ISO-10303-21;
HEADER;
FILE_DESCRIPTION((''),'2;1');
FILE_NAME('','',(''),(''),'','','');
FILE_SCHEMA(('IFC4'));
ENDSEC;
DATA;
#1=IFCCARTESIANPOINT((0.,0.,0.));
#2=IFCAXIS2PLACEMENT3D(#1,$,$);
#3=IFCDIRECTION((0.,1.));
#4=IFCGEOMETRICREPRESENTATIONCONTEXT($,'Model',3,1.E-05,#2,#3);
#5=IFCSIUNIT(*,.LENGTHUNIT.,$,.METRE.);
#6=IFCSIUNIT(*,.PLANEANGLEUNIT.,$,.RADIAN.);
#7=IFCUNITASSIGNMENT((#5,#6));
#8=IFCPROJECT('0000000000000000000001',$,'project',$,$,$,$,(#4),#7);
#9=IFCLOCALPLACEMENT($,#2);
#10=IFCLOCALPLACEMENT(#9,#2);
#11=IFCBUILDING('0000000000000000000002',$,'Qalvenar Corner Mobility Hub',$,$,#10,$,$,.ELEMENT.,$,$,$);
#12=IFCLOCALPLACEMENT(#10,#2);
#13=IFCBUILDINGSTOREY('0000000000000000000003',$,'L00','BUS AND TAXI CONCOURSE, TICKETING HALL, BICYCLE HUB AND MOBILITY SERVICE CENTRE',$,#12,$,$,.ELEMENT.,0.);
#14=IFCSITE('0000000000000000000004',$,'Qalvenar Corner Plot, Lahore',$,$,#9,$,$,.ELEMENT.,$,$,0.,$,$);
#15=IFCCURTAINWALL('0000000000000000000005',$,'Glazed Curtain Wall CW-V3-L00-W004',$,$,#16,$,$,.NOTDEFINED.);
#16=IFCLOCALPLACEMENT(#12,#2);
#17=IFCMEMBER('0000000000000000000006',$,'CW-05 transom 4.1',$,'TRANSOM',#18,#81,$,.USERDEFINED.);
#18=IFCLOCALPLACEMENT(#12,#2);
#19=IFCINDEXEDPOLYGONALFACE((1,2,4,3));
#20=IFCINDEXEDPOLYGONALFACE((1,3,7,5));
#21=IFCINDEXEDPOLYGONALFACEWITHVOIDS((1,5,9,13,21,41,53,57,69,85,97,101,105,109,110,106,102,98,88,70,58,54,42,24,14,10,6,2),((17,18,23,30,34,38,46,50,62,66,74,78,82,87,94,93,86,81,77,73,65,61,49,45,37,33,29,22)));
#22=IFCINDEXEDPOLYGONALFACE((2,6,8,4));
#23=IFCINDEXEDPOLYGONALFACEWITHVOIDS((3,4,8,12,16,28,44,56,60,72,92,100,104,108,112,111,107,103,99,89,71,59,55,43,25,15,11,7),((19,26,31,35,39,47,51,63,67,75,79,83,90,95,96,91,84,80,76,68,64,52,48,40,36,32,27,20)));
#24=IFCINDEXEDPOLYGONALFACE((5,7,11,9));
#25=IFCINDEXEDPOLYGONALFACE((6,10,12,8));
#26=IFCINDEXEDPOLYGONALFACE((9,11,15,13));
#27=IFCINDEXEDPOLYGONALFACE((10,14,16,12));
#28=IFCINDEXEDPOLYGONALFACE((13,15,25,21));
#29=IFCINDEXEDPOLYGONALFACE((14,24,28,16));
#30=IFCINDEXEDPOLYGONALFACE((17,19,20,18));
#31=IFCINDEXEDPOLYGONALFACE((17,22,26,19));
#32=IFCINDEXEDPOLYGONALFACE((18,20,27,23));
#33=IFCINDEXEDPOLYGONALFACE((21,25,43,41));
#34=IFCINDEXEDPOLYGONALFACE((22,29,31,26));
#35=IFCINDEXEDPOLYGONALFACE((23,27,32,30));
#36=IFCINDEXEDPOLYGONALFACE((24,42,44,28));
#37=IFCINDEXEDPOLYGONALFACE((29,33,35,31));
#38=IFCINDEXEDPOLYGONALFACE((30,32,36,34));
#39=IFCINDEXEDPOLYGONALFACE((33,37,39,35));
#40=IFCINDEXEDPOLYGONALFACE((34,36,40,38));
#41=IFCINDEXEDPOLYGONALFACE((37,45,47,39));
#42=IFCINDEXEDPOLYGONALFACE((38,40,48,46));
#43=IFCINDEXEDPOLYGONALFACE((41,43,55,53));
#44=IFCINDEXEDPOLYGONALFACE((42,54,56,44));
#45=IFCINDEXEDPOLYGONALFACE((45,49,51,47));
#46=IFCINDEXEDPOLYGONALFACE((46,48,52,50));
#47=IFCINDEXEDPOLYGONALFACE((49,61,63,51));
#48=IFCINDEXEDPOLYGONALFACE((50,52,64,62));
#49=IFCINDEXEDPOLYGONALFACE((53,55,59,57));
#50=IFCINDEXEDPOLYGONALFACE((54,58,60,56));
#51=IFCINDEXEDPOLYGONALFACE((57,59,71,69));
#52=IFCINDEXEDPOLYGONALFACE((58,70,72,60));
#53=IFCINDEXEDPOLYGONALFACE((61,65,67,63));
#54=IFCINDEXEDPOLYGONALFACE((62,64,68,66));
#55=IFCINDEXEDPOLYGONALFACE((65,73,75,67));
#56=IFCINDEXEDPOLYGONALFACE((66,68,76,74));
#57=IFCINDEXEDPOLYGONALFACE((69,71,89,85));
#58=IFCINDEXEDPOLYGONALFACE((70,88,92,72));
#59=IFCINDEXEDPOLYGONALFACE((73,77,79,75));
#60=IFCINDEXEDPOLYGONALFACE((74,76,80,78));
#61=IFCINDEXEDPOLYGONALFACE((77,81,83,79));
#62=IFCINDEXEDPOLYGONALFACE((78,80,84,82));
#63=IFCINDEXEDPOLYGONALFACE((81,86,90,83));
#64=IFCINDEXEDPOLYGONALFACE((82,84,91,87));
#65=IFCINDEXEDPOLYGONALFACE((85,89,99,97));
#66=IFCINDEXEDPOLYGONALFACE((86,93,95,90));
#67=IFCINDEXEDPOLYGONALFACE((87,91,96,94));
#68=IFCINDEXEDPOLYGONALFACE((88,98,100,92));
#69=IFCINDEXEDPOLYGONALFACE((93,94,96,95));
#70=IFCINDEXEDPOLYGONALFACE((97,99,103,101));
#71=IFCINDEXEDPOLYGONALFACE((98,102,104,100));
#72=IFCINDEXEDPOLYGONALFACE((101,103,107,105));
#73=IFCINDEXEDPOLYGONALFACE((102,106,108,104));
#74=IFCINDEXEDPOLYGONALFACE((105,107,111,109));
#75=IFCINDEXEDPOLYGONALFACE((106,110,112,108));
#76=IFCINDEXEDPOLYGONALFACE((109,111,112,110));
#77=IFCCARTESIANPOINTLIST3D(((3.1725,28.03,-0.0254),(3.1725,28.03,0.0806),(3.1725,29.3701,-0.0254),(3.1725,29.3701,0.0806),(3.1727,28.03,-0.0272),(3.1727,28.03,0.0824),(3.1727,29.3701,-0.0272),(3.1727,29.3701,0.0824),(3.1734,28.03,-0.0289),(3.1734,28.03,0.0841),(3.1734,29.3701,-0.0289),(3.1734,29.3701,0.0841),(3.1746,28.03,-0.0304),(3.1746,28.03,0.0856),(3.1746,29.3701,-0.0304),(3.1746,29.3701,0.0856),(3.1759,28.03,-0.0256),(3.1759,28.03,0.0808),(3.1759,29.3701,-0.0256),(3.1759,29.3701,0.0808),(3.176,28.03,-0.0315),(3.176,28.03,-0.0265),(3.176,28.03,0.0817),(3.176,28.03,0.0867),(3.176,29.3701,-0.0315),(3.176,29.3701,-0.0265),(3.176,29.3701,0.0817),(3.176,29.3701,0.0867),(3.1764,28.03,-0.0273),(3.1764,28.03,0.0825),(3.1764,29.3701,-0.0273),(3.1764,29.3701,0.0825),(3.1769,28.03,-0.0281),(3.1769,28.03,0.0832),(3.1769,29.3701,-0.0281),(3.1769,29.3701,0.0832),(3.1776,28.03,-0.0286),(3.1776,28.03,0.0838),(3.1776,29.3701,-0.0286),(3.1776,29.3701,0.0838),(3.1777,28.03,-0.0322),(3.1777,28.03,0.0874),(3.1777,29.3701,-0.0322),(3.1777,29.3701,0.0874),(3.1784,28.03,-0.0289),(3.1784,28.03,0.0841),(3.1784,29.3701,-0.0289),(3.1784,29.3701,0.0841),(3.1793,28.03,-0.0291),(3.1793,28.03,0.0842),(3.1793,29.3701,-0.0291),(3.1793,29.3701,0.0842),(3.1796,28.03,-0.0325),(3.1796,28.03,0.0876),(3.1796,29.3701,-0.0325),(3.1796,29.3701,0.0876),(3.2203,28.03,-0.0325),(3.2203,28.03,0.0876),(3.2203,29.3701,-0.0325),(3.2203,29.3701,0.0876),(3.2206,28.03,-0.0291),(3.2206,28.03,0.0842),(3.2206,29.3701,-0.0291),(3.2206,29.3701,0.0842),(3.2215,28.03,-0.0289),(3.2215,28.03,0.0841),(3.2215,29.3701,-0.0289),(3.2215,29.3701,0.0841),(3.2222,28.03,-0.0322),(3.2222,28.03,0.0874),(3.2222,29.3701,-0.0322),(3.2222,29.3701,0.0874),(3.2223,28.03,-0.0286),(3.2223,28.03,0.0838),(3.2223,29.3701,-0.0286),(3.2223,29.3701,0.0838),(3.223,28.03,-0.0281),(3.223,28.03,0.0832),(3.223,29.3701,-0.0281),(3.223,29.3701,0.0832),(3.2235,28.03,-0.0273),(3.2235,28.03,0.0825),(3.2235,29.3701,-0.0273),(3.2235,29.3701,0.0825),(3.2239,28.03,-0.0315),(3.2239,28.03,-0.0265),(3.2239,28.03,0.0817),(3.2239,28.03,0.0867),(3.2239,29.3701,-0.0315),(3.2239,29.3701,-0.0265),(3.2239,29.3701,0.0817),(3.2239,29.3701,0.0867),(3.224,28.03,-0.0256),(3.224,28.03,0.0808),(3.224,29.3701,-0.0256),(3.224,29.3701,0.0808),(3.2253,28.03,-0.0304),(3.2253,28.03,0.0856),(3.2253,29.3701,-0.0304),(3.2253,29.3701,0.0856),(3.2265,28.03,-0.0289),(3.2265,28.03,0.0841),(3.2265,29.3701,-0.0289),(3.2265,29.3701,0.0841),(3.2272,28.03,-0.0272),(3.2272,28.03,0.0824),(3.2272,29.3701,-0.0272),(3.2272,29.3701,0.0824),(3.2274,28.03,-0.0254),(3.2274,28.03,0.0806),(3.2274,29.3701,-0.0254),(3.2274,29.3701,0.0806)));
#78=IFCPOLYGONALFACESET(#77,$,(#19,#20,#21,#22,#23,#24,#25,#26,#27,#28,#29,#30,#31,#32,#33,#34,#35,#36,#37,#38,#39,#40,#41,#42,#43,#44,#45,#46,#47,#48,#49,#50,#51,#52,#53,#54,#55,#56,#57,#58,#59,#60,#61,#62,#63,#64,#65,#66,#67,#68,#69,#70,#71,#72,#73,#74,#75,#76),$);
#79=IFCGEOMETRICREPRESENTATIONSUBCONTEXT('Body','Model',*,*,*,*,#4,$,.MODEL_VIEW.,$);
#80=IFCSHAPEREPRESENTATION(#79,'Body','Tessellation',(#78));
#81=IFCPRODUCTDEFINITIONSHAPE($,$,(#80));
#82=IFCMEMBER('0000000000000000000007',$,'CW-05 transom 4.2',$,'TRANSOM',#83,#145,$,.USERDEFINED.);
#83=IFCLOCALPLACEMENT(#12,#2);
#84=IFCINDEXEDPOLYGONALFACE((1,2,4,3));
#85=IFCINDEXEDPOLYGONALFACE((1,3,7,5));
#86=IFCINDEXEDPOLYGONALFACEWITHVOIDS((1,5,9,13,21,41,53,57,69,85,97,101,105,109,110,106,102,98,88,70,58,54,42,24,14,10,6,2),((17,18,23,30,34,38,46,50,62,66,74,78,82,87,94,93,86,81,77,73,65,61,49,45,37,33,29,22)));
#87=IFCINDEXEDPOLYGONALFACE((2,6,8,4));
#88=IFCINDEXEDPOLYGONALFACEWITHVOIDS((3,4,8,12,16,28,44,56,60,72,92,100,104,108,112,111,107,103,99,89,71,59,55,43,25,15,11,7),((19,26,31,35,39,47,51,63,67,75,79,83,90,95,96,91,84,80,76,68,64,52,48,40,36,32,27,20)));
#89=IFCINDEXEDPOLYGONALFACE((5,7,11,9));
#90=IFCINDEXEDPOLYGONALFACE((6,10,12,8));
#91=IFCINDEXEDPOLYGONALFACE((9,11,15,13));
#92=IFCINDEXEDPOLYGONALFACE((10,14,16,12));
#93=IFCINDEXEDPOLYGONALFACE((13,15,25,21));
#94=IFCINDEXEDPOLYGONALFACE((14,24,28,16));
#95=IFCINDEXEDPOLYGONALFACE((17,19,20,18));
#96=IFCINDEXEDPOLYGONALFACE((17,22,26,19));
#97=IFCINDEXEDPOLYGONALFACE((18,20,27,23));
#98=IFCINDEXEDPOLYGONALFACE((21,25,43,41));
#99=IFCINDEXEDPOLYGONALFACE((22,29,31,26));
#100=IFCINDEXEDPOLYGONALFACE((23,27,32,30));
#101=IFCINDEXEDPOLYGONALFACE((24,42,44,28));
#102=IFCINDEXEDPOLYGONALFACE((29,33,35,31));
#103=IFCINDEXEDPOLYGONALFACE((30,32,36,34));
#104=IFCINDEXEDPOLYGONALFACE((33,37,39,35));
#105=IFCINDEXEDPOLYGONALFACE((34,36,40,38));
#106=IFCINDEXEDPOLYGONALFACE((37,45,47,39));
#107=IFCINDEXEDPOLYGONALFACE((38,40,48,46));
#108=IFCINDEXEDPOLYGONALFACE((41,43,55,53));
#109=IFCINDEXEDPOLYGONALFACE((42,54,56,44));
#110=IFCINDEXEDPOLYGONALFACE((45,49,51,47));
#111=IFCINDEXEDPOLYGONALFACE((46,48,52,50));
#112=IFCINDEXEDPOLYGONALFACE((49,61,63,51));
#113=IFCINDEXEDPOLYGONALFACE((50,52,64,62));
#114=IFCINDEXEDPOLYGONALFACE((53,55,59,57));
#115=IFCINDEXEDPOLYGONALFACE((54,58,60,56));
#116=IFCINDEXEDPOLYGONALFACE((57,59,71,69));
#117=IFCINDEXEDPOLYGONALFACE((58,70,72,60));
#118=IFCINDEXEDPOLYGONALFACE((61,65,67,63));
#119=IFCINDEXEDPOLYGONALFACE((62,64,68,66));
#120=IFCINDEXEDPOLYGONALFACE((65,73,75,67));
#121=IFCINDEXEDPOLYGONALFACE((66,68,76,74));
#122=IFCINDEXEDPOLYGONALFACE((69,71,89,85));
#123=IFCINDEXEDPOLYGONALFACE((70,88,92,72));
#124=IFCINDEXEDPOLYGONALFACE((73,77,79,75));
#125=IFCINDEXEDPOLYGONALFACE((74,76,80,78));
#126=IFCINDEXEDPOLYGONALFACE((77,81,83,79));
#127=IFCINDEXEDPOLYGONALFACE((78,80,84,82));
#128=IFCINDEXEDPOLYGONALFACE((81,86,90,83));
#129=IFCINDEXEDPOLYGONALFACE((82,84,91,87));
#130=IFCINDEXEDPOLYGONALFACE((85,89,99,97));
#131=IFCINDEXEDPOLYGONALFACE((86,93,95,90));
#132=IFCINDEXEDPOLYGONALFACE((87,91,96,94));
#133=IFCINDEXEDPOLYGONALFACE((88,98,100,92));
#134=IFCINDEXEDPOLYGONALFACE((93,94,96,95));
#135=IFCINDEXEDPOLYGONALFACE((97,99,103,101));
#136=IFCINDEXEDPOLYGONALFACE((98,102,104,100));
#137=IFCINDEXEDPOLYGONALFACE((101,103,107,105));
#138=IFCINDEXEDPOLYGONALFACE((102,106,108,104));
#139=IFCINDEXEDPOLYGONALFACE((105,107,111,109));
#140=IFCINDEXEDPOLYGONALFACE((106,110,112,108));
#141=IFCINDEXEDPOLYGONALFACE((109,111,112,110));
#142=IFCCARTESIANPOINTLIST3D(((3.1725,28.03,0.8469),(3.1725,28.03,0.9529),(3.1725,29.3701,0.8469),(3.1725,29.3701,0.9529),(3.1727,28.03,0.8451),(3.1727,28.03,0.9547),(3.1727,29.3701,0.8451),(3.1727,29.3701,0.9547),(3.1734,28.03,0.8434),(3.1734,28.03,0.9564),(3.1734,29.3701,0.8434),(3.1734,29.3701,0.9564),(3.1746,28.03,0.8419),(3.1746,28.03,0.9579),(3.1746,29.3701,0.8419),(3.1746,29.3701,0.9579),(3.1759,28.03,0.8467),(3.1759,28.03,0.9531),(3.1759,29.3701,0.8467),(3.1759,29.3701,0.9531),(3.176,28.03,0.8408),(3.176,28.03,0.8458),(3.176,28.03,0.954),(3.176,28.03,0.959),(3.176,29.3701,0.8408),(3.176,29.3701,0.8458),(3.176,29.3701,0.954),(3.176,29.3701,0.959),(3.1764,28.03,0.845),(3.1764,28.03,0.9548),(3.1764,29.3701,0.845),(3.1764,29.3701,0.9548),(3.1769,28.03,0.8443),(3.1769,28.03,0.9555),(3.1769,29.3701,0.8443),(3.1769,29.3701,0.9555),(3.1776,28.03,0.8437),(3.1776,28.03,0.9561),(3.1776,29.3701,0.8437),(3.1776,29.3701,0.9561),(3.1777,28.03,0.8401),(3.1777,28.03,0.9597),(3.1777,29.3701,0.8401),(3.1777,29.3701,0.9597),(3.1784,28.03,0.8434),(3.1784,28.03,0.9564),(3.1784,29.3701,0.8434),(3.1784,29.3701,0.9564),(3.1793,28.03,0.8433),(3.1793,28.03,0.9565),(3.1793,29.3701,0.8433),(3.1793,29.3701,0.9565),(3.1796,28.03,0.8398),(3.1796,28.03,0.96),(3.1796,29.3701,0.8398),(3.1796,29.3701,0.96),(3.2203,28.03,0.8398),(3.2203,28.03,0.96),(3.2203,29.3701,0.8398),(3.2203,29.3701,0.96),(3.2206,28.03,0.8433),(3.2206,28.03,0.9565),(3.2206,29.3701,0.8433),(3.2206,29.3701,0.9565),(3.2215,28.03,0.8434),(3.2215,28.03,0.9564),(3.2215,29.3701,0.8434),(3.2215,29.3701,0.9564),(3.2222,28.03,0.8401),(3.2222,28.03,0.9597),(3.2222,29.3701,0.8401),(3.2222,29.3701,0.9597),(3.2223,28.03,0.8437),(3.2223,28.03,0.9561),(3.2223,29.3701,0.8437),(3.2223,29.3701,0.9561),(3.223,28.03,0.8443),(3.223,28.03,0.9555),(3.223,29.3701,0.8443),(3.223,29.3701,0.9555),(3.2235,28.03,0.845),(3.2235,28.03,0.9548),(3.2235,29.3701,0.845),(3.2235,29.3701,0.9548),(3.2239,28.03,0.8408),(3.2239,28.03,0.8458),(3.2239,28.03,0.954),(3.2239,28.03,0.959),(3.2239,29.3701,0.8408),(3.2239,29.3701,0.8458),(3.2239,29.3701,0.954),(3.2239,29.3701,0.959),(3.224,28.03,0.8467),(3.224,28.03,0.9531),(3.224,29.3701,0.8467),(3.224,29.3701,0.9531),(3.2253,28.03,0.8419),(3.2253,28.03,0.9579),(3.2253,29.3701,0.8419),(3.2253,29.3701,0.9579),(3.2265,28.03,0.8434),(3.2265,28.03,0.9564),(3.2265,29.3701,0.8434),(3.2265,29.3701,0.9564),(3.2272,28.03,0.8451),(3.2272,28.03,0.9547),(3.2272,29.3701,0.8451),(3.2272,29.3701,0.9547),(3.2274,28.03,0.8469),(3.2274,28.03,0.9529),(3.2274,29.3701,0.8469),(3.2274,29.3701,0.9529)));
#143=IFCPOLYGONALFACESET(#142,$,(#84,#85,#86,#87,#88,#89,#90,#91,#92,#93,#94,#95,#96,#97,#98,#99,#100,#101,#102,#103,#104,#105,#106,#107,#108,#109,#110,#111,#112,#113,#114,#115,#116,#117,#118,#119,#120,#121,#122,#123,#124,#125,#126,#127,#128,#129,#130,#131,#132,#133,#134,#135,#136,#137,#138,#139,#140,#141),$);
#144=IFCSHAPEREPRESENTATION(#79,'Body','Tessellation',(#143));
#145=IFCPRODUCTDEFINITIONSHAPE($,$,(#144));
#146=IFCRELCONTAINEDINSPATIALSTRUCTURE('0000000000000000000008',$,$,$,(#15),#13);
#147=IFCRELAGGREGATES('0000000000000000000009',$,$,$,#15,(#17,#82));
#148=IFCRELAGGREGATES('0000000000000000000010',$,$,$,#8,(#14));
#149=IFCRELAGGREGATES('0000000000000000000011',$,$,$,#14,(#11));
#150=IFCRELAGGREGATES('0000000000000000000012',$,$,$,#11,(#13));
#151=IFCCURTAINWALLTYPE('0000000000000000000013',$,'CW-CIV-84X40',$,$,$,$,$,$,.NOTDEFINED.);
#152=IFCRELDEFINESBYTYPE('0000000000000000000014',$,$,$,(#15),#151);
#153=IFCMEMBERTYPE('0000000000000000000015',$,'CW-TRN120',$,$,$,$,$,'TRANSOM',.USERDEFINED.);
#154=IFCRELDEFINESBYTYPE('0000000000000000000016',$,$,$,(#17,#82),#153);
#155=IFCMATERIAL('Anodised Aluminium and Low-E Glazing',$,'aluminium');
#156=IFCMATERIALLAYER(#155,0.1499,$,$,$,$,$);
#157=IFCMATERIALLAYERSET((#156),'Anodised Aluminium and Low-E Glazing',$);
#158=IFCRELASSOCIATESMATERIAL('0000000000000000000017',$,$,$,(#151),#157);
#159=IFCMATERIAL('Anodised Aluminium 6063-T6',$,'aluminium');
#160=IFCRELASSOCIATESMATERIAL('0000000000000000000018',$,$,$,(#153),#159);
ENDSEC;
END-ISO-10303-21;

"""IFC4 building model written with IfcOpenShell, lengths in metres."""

from ifc_helpers import new_model, si_unit, direction, frame, origin, origin_2d, place, context, subcontext, project, spatial, hollow_rectangle, extrude, material, layer, layer_set, material_profile, profile_set, type_object, element, aggregate, save


model = new_model("IFC4")

# Units and contexts
model_context = context("Model", 3, precision=1e-05, world=origin(), true_north=direction((0.0, 1.0)))
body_context = subcontext(model_context, "Body", "Model", "MODEL_VIEW")
ifc_project = project(units=[si_unit("LENGTHUNIT", "METRE"), si_unit("PLANEANGLEUNIT", "RADIAN")], contexts=[model_context])

# Site, building, storey
site_placement = place(None, origin())
site = spatial("IfcSite", under=ifc_project, at=site_placement, Name="Qalvenar Corner Plot, Lahore", CompositionType="ELEMENT", RefElevation=0.0)
building_placement = place(site_placement, origin())
building = spatial("IfcBuilding", under=site, at=building_placement, Name="Qalvenar Corner Mobility Hub", CompositionType="ELEMENT")
storey_placement = place(building_placement, origin())
storey = spatial("IfcBuildingStorey", under=building, at=storey_placement, Name="L00", Description="BUS AND TAXI CONCOURSE, TICKETING HALL, BICYCLE HUB AND MOBILITY SERVICE CENTRE", CompositionType="ELEMENT", Elevation=0.0)

# Curtain wall, members
ifc_material_1 = material(Name="Anodised Aluminium and Low-E Glazing", Category="aluminium")
ifc_layer_1 = layer(ifc_material_1, 0.1499)
ifc_layer_set_1 = layer_set([ifc_layer_1], Name="Anodised Aluminium and Low-E Glazing")
curtain_wall_type = type_object("IfcCurtainWallType", Name="CW-CIV-84X40", PredefinedType="NOTDEFINED", material=ifc_layer_set_1)
curtain_wall_placement = place(storey_placement, origin())
curtain_wall = element("IfcCurtainWall", 1, at=curtain_wall_placement, inside=storey, type_object=curtain_wall_type, Name="Glazed Curtain Wall CW-V3-L00-W004", PredefinedType="NOTDEFINED")
ifc_material_2 = material(Name="Anodised Aluminium 6063-T6", Category="aluminium")
ifc_material_profile_1 = material_profile(ifc_material_2, hollow_rectangle(XDim=0.0549, YDim=0.1201, WallThickness=0.0034, InnerFilletRadius=0.0034, OuterFilletRadius=0.0071, at=origin_2d()), Name="RHS120x55x3.5")
ifc_profile_set_1 = profile_set([ifc_material_profile_1], Name="Anodised Aluminium 6063-T6")
member_type_1 = type_object("IfcMemberType", Name="CW-TRN120", ElementType="TRANSOM", PredefinedType="USERDEFINED", material=ifc_profile_set_1)
member_1_placement = place(storey_placement, frame((3.2, 29.3701, 0.0276), z_axis=(0.0, -1.0, 0.0), x_axis=(1.0, 0.0, 0.0)))
member_1 = element("IfcMember", 2, at=member_1_placement, type_object=member_type_1, Name="CW-05 transom 4.1", ObjectType="TRANSOM", PredefinedType="USERDEFINED", context=body_context, shape_type="SweptSolid", body=[
    extrude(hollow_rectangle(XDim=0.0549, YDim=0.1201, WallThickness=0.0034, InnerFilletRadius=0.0034, OuterFilletRadius=0.0071, at=origin_2d()), origin(), (0.0, 0.0, 1.0), 1.3401),
])
member_2_placement = place(storey_placement, frame((3.2, 29.3701, 0.8999), z_axis=(0.0, -1.0, 0.0), x_axis=(1.0, 0.0, 0.0)))
member_2 = element("IfcMember", 3, at=member_2_placement, type_object=member_type_1, Name="CW-05 transom 4.2", ObjectType="TRANSOM", PredefinedType="USERDEFINED", context=body_context, shape_type="SweptSolid", body=[
    extrude(hollow_rectangle(XDim=0.0549, YDim=0.1201, WallThickness=0.0034, InnerFilletRadius=0.0034, OuterFilletRadius=0.0071, at=origin_2d()), origin(), (0.0, 0.0, 1.0), 1.3401),
])
aggregate(curtain_wall, [member_1, member_2])

save(model, "model.ifc")
